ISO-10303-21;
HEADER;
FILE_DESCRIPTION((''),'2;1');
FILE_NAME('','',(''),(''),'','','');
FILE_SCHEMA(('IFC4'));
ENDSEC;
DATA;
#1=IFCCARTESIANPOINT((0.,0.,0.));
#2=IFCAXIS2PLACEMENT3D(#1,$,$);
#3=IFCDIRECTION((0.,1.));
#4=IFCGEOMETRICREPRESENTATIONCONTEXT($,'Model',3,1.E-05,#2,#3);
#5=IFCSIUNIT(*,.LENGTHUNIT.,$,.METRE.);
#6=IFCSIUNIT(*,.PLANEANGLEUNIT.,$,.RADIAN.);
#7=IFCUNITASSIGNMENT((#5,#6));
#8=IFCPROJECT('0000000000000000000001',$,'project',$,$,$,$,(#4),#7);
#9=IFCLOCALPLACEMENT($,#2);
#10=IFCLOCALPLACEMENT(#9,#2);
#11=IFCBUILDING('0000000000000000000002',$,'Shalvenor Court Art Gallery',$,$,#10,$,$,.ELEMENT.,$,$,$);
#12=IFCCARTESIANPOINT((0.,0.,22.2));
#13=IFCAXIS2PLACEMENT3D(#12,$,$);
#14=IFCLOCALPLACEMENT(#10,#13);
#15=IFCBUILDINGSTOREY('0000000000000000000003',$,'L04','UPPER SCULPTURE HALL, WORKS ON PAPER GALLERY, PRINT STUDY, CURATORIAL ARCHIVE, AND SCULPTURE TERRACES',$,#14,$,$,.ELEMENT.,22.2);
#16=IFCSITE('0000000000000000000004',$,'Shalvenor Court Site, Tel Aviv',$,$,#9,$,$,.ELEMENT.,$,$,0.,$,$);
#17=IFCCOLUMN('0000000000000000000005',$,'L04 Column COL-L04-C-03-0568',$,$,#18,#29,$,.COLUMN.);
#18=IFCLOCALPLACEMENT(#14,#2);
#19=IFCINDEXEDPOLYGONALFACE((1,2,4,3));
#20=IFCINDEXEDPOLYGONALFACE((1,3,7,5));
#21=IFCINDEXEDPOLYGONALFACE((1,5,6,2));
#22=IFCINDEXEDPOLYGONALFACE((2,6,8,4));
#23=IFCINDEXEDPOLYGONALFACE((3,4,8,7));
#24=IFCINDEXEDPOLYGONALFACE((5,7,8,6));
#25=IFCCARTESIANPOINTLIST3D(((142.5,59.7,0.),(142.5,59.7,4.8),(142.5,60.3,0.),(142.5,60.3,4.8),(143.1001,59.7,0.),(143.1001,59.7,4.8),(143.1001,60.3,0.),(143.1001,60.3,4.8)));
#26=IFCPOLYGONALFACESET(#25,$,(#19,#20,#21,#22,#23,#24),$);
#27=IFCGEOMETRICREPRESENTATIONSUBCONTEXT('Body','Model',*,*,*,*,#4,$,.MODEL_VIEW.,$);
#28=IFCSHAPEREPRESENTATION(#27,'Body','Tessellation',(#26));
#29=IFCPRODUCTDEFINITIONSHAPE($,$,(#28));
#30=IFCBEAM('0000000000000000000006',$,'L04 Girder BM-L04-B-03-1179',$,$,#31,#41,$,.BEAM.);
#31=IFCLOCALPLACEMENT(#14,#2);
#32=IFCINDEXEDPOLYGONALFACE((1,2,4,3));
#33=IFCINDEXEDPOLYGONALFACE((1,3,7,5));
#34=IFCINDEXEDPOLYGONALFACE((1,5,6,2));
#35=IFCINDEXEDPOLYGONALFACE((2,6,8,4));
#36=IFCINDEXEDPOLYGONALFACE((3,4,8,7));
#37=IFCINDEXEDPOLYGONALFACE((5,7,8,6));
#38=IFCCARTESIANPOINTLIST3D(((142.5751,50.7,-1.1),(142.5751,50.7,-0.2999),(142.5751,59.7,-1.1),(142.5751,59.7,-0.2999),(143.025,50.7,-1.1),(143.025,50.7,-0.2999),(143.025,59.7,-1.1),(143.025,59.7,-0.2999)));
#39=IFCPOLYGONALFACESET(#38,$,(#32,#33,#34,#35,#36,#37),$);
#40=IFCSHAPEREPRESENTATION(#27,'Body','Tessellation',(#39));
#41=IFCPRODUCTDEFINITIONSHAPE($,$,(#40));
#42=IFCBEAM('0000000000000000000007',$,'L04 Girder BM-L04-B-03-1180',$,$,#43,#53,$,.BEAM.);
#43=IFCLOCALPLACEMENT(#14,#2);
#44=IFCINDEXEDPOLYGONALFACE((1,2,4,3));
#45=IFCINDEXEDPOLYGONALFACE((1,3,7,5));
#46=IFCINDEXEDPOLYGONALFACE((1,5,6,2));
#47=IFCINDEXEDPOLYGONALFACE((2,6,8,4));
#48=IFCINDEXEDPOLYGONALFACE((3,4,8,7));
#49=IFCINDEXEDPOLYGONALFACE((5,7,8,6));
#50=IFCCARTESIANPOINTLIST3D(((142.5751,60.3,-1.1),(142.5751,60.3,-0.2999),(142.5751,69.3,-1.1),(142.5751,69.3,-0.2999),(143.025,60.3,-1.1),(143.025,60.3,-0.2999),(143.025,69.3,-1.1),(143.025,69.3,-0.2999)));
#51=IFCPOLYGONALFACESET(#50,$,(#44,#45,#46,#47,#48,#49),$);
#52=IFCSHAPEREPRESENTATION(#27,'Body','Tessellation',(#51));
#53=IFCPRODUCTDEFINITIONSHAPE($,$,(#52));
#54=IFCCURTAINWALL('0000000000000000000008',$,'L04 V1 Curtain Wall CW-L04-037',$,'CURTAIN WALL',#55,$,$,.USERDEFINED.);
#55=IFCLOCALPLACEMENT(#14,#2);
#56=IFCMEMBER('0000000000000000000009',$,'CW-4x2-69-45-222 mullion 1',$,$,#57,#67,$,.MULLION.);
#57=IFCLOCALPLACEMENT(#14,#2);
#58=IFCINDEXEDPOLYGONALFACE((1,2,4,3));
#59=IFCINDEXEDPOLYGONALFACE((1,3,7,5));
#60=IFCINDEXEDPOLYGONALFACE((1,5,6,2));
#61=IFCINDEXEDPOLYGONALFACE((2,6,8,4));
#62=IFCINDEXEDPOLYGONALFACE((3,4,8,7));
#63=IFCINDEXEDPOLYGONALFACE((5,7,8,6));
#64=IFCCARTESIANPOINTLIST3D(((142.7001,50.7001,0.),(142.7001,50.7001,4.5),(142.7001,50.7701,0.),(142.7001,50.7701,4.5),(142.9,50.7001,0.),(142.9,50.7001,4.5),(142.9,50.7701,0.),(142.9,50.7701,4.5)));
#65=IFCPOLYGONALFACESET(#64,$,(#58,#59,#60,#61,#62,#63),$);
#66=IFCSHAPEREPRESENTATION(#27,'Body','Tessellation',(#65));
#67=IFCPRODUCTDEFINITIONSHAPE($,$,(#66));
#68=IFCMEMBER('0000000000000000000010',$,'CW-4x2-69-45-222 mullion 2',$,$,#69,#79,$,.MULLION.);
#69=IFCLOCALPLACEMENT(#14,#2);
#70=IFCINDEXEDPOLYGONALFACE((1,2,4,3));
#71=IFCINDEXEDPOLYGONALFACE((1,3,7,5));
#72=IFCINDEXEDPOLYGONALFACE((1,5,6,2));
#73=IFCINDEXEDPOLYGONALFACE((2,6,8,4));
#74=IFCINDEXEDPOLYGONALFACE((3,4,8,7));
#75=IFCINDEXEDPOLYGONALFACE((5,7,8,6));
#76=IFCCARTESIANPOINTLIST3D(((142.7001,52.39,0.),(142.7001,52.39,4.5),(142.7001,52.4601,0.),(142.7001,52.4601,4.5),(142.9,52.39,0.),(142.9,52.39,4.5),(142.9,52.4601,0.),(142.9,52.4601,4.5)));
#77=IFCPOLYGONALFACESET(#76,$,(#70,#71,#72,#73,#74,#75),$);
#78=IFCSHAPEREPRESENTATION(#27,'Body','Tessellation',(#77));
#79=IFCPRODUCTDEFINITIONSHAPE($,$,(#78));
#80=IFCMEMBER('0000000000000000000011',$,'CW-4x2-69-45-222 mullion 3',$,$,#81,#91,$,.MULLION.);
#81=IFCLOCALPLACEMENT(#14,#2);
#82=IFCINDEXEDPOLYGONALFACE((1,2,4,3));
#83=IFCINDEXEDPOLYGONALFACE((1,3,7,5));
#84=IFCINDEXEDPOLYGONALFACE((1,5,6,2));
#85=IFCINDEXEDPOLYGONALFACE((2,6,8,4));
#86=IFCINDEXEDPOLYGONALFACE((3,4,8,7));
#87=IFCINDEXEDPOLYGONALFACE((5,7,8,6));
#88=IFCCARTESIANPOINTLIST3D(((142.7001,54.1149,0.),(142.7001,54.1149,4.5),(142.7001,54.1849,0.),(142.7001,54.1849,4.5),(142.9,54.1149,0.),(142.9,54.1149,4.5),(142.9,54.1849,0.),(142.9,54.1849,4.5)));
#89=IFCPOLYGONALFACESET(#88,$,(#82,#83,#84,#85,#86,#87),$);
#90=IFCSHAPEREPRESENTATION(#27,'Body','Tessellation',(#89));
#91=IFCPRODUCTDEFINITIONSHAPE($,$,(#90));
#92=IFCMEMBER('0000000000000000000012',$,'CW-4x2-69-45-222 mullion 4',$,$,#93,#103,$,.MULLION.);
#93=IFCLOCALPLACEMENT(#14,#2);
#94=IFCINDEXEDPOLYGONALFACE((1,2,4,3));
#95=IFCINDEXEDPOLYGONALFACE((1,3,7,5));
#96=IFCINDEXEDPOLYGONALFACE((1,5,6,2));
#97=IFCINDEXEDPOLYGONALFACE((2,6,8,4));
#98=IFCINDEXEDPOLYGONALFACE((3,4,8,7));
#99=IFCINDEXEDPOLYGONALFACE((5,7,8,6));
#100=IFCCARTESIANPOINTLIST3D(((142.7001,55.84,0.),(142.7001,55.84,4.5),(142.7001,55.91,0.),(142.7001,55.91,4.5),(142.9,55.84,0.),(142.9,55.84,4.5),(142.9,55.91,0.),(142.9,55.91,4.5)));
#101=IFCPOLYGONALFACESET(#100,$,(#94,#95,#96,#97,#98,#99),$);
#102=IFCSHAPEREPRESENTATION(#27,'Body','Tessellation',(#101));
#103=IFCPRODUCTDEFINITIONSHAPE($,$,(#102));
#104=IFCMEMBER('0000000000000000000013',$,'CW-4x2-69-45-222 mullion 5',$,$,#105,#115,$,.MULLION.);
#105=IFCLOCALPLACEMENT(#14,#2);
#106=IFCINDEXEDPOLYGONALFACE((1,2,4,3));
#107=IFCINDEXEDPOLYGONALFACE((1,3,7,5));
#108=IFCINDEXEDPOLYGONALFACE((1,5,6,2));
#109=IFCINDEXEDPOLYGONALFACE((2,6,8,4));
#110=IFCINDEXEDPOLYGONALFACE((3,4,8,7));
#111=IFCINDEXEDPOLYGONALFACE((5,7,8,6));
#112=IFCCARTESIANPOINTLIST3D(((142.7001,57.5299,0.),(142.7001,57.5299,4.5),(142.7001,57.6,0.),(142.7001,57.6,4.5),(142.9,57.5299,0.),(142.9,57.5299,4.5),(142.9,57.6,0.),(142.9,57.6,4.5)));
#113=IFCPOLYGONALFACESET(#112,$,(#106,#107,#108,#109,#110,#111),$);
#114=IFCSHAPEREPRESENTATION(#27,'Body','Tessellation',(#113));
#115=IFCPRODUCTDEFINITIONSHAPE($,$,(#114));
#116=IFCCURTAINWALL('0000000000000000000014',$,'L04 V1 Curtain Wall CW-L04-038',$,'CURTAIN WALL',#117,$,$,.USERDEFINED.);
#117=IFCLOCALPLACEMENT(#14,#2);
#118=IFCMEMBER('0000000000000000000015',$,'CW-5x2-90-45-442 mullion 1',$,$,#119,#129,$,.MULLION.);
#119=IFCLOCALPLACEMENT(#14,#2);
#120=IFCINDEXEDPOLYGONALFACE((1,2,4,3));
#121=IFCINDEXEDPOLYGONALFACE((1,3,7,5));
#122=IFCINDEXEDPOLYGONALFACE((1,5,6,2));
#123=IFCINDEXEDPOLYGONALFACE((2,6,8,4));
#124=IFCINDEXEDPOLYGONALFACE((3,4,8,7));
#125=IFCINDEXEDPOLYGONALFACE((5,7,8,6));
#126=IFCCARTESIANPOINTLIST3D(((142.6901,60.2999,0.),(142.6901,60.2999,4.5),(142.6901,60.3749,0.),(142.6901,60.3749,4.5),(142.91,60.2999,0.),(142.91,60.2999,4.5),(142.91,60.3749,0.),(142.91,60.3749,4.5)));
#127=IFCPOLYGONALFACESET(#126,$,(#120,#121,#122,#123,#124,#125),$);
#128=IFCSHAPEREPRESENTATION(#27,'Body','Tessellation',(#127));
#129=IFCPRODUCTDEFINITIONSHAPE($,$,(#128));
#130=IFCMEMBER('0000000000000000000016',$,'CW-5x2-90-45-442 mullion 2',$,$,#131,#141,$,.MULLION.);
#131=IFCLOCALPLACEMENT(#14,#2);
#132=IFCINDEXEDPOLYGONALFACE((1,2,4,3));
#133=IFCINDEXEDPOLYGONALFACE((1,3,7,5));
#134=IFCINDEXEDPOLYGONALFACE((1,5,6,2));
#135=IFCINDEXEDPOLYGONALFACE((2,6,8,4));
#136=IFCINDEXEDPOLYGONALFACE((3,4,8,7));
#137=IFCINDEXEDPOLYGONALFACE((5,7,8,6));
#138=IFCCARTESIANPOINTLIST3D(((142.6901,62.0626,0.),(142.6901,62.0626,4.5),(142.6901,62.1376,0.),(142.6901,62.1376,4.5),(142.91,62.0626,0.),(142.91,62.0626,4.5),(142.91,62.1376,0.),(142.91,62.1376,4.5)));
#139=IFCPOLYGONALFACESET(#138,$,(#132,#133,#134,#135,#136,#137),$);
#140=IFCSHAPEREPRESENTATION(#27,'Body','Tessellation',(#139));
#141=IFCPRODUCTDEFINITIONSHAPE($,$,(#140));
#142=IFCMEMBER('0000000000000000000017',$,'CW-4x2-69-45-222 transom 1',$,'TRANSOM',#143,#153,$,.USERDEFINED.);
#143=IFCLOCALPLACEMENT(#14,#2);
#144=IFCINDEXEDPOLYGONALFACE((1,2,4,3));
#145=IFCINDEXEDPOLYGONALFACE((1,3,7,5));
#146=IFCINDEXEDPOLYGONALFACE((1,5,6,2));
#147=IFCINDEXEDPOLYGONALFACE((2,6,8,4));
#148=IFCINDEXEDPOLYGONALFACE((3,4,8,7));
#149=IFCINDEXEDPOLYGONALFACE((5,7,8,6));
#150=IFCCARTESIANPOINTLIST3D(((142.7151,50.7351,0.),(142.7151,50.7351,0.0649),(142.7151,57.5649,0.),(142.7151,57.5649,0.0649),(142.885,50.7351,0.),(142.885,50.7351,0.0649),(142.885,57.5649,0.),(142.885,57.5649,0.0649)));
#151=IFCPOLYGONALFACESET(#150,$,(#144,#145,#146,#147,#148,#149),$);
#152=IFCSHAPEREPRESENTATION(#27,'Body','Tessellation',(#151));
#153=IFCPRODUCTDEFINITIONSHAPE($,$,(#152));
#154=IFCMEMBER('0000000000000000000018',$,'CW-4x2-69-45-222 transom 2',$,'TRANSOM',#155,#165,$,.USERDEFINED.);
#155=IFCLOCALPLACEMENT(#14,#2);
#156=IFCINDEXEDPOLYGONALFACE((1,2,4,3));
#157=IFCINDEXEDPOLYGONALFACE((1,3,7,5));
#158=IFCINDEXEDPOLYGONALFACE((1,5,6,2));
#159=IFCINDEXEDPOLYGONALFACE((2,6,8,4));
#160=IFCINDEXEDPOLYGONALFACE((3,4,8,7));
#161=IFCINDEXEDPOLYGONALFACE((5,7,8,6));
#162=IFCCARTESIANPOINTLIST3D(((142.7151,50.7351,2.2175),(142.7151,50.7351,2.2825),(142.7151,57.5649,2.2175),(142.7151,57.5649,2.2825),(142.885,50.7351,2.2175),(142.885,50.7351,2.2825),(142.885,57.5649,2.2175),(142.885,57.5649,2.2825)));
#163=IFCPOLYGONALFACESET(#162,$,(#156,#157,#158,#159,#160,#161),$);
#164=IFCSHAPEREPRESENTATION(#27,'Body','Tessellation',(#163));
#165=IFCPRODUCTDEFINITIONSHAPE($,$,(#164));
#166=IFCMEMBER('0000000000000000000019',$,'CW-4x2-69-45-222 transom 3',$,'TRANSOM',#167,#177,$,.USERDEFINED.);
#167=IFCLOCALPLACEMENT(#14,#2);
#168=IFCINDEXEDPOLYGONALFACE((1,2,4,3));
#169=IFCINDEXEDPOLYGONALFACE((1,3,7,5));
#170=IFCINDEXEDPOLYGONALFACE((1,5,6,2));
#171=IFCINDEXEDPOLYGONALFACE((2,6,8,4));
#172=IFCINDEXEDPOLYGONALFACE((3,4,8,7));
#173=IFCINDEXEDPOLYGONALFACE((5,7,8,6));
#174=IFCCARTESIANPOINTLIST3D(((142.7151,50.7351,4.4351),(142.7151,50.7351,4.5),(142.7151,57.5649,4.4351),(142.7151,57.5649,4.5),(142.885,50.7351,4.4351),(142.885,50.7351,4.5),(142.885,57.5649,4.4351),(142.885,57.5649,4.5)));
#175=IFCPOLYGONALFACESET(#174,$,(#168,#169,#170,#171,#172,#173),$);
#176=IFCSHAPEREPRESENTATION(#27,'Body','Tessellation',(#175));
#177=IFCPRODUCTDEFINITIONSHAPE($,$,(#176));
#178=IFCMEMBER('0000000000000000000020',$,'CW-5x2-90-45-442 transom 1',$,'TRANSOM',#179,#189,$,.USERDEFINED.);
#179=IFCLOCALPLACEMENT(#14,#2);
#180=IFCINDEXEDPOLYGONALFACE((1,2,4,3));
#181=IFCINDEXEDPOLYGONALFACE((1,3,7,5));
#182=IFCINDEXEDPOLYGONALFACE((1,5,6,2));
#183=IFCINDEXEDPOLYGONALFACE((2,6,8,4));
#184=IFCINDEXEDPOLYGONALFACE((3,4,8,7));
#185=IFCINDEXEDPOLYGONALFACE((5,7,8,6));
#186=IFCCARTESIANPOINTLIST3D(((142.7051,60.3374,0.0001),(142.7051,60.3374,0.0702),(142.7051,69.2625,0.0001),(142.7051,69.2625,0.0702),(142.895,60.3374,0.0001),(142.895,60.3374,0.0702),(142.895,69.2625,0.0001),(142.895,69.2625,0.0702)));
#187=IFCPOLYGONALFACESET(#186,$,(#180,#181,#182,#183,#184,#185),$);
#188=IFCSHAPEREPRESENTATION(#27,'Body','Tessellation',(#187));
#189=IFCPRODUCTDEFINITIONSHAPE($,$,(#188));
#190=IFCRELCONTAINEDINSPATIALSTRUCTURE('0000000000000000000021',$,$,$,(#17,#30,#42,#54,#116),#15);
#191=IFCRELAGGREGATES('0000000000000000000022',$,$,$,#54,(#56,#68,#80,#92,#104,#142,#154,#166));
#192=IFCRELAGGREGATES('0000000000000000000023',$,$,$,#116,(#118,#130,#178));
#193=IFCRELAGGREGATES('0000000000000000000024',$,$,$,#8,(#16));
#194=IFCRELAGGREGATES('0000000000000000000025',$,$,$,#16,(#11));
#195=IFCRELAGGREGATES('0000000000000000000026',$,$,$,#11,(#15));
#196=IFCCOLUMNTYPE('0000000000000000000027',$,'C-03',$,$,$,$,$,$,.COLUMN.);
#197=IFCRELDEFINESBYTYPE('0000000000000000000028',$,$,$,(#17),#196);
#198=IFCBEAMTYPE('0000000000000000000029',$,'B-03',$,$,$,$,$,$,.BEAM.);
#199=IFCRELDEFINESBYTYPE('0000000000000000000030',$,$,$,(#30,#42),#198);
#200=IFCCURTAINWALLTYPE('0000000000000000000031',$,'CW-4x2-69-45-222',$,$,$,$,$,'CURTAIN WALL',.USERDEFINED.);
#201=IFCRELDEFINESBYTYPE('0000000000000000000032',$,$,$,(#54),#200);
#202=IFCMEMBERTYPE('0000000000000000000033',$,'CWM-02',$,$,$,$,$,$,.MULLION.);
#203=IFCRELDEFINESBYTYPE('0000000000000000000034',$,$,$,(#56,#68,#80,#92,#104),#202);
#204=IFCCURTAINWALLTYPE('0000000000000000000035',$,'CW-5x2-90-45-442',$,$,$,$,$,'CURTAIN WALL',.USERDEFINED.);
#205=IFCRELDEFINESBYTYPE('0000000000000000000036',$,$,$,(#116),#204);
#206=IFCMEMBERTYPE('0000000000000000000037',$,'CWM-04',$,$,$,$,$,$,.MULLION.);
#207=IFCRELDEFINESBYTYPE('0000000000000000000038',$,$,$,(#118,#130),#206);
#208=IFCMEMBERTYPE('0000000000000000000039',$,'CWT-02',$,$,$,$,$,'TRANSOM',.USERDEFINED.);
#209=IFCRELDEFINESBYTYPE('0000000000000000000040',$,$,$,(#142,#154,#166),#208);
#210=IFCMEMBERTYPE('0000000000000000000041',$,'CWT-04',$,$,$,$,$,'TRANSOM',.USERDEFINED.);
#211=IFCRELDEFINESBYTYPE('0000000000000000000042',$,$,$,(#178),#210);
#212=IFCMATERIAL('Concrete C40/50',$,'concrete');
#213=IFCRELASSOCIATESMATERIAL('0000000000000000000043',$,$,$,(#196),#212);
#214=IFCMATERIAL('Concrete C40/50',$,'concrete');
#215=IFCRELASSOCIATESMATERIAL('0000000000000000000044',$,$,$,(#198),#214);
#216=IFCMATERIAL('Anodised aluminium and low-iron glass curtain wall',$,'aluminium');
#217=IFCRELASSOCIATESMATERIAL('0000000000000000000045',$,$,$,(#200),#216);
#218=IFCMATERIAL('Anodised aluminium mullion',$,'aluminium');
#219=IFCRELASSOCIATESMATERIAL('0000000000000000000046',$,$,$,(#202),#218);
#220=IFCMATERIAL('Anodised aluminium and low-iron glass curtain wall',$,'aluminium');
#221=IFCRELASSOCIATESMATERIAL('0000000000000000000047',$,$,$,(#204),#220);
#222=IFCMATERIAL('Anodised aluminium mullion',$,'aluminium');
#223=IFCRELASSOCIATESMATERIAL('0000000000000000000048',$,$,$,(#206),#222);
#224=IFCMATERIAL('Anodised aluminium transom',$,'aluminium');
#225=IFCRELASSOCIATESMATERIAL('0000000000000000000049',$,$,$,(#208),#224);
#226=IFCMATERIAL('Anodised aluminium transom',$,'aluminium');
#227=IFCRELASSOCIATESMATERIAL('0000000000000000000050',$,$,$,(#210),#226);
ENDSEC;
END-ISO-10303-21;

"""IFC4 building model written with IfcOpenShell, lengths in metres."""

from ifc_helpers import new_model, si_unit, direction, frame, origin, origin_2d, place, context, subcontext, project, spatial, rectangle, extrude, material, material_profile, profile_set, type_object, element, aggregate, save


model = new_model("IFC4")

# Units and contexts
model_context = context("Model", 3, precision=1e-05, world=origin(), true_north=direction((0.0, 1.0)))
body_context = subcontext(model_context, "Body", "Model", "MODEL_VIEW")
ifc_project = project(units=[si_unit("LENGTHUNIT", "METRE"), si_unit("PLANEANGLEUNIT", "RADIAN")], contexts=[model_context])

# Site, building, storey
site_placement = place(None, origin())
site = spatial("IfcSite", under=ifc_project, at=site_placement, Name="Shalvenor Court Site, Tel Aviv", CompositionType="ELEMENT", RefElevation=0.0)
building_placement = place(site_placement, origin())
building = spatial("IfcBuilding", under=site, at=building_placement, Name="Shalvenor Court Art Gallery", CompositionType="ELEMENT")
storey_placement = place(building_placement, frame((0.0, 0.0, 22.2)))
storey = spatial("IfcBuildingStorey", under=building, at=storey_placement, Name="L04", Description="UPPER SCULPTURE HALL, WORKS ON PAPER GALLERY, PRINT STUDY, CURATORIAL ARCHIVE, AND SCULPTURE TERRACES", CompositionType="ELEMENT", Elevation=22.2)

# Column
ifc_material_1 = material(Name="Concrete C40/50", Category="concrete")
ifc_material_profile_1 = material_profile(ifc_material_1, rectangle(XDim=0.6001, YDim=0.6001, at=origin_2d()), Name="RC 600x600")
ifc_profile_set_1 = profile_set([ifc_material_profile_1], Name="Concrete C40/50")
column_type = type_object("IfcColumnType", Name="C-03", PredefinedType="COLUMN", material=ifc_profile_set_1)
column_placement = place(storey_placement, frame((142.8, 60.0, 0.0), z_axis=(0.0, 0.0, 1.0), x_axis=(1.0, 0.0, 0.0)))
element("IfcColumn", 1, at=column_placement, inside=storey, type_object=column_type, Name="L04 Column COL-L04-C-03-0568", PredefinedType="COLUMN", context=body_context, shape_type="SweptSolid", body=[
    extrude(rectangle(XDim=0.6001, YDim=0.6001, at=origin_2d()), origin(), (0.0, 0.0, 1.0), 4.8),
])

# Beams
ifc_material_2 = material(Name="Concrete C40/50", Category="concrete")
ifc_material_profile_2 = material_profile(ifc_material_2, rectangle(XDim=0.45, YDim=0.8, at=origin_2d()), Name="RC 450x800")
ifc_profile_set_2 = profile_set([ifc_material_profile_2], Name="Concrete C40/50")
beam_type = type_object("IfcBeamType", Name="B-03", PredefinedType="BEAM", material=ifc_profile_set_2)
for number, where, z_axis, x_axis, name in (
    (2, (142.8, 50.7, -0.7), (0.0, 1.0, 0.0), (-1.0, 0.0, 0.0), "L04 Girder BM-L04-B-03-1179"),
    (3, (142.8, 60.3, -0.7), (0.0, 1.0, 0.0), (-1.0, 0.0, 0.0), "L04 Girder BM-L04-B-03-1180"),
):
    element("IfcBeam", number, at=place(storey_placement, frame(where, z_axis=z_axis, x_axis=x_axis)), inside=storey, type_object=beam_type, Name=name, PredefinedType="BEAM", context=body_context, shape_type="SweptSolid", body=[
        extrude(rectangle(XDim=0.45, YDim=0.8, at=origin_2d()), origin(), (0.0, 0.0, 1.0), 9.0),
    ])

# Curtain walls, members
ifc_material_3 = material(Name="Anodised aluminium and low-iron glass curtain wall", Category="aluminium")
curtain_wall_type_1 = type_object("IfcCurtainWallType", Name="CW-4x2-69-45-222", ElementType="CURTAIN WALL", PredefinedType="USERDEFINED", material=ifc_material_3)
curtain_wall_1_placement = place(storey_placement, origin())
curtain_wall_1 = element("IfcCurtainWall", 4, at=curtain_wall_1_placement, inside=storey, type_object=curtain_wall_type_1, Name="L04 V1 Curtain Wall CW-L04-037", ObjectType="CURTAIN WALL", PredefinedType="USERDEFINED")
ifc_material_4 = material(Name="Anodised aluminium mullion", Category="aluminium")
ifc_material_profile_3 = material_profile(ifc_material_4, rectangle(XDim=0.0701, YDim=0.2, at=origin_2d()), Name="CWM-02")
ifc_profile_set_3 = profile_set([ifc_material_profile_3], Name="Anodised aluminium mullion")
member_type_1 = type_object("IfcMemberType", Name="CWM-02", PredefinedType="MULLION", material=ifc_profile_set_3)
member_1_placement = place(storey_placement, frame((142.8, 50.7351, 0.0), z_axis=(0.0, 0.0, 1.0), x_axis=(0.0, 1.0, 0.0)))
member_1 = element("IfcMember", 5, at=member_1_placement, type_object=member_type_1, Name="CW-4x2-69-45-222 mullion 1", PredefinedType="MULLION", context=body_context, shape_type="SweptSolid", body=[
    extrude(rectangle(XDim=0.0701, YDim=0.2, at=origin_2d()), origin(), (0.0, 0.0, 1.0), 4.5),
])
member_2_placement = place(storey_placement, frame((142.8, 52.425, 0.0), z_axis=(0.0, 0.0, 1.0), x_axis=(0.0, 1.0, 0.0)))
member_2 = element("IfcMember", 6, at=member_2_placement, type_object=member_type_1, Name="CW-4x2-69-45-222 mullion 2", PredefinedType="MULLION", context=body_context, shape_type="SweptSolid", body=[
    extrude(rectangle(XDim=0.0701, YDim=0.2, at=origin_2d()), origin(), (0.0, 0.0, 1.0), 4.5),
])
member_3_placement = place(storey_placement, frame((142.8, 54.1499, 0.0), z_axis=(0.0, 0.0, 1.0), x_axis=(0.0, 1.0, 0.0)))
member_3 = element("IfcMember", 7, at=member_3_placement, type_object=member_type_1, Name="CW-4x2-69-45-222 mullion 3", PredefinedType="MULLION", context=body_context, shape_type="SweptSolid", body=[
    extrude(rectangle(XDim=0.0701, YDim=0.2, at=origin_2d()), origin(), (0.0, 0.0, 1.0), 4.5),
])
member_4_placement = place(storey_placement, frame((142.8, 55.875, 0.0), z_axis=(0.0, 0.0, 1.0), x_axis=(0.0, 1.0, 0.0)))
member_4 = element("IfcMember", 8, at=member_4_placement, type_object=member_type_1, Name="CW-4x2-69-45-222 mullion 4", PredefinedType="MULLION", context=body_context, shape_type="SweptSolid", body=[
    extrude(rectangle(XDim=0.0701, YDim=0.2, at=origin_2d()), origin(), (0.0, 0.0, 1.0), 4.5),
])
member_5_placement = place(storey_placement, frame((142.8, 57.5649, 0.0), z_axis=(0.0, 0.0, 1.0), x_axis=(0.0, 1.0, 0.0)))
member_5 = element("IfcMember", 9, at=member_5_placement, type_object=member_type_1, Name="CW-4x2-69-45-222 mullion 5", PredefinedType="MULLION", context=body_context, shape_type="SweptSolid", body=[
    extrude(rectangle(XDim=0.0701, YDim=0.2, at=origin_2d()), origin(), (0.0, 0.0, 1.0), 4.5),
])
ifc_material_5 = material(Name="Anodised aluminium and low-iron glass curtain wall", Category="aluminium")
curtain_wall_type_2 = type_object("IfcCurtainWallType", Name="CW-5x2-90-45-442", ElementType="CURTAIN WALL", PredefinedType="USERDEFINED", material=ifc_material_5)
curtain_wall_2_placement = place(storey_placement, origin())
curtain_wall_2 = element("IfcCurtainWall", 10, at=curtain_wall_2_placement, inside=storey, type_object=curtain_wall_type_2, Name="L04 V1 Curtain Wall CW-L04-038", ObjectType="CURTAIN WALL", PredefinedType="USERDEFINED")
ifc_material_6 = material(Name="Anodised aluminium mullion", Category="aluminium")
ifc_material_profile_4 = material_profile(ifc_material_6, rectangle(XDim=0.075, YDim=0.22, at=origin_2d()), Name="CWM-04")
ifc_profile_set_4 = profile_set([ifc_material_profile_4], Name="Anodised aluminium mullion")
member_type_2 = type_object("IfcMemberType", Name="CWM-04", PredefinedType="MULLION", material=ifc_profile_set_4)
member_6_placement = place(storey_placement, frame((142.8, 60.3374, 0.0), z_axis=(0.0, 0.0, 1.0), x_axis=(0.0, 1.0, 0.0)))
member_6 = element("IfcMember", 11, at=member_6_placement, type_object=member_type_2, Name="CW-5x2-90-45-442 mullion 1", PredefinedType="MULLION", context=body_context, shape_type="SweptSolid", body=[
    extrude(rectangle(XDim=0.075, YDim=0.22, at=origin_2d()), origin(), (0.0, 0.0, 1.0), 4.5),
])
member_7_placement = place(storey_placement, frame((142.8, 62.1001, 0.0), z_axis=(0.0, 0.0, 1.0), x_axis=(0.0, 1.0, 0.0)))
member_7 = element("IfcMember", 12, at=member_7_placement, type_object=member_type_2, Name="CW-5x2-90-45-442 mullion 2", PredefinedType="MULLION", context=body_context, shape_type="SweptSolid", body=[
    extrude(rectangle(XDim=0.075, YDim=0.22, at=origin_2d()), origin(), (0.0, 0.0, 1.0), 4.5),
])

# Members
ifc_material_7 = material(Name="Anodised aluminium transom", Category="aluminium")
ifc_material_profile_5 = material_profile(ifc_material_7, rectangle(XDim=0.1699, YDim=0.0649, at=origin_2d()), Name="CWT-02")
ifc_profile_set_5 = profile_set([ifc_material_profile_5], Name="Anodised aluminium transom")
member_type_3 = type_object("IfcMemberType", Name="CWT-02", ElementType="TRANSOM", PredefinedType="USERDEFINED", material=ifc_profile_set_5)
member_8_placement = place(storey_placement, frame((142.8, 50.7351, 0.0325), z_axis=(0.0, 1.0, 0.0), x_axis=(-1.0, 0.0, 0.0)))
member_8 = element("IfcMember", 13, at=member_8_placement, type_object=member_type_3, Name="CW-4x2-69-45-222 transom 1", ObjectType="TRANSOM", PredefinedType="USERDEFINED", context=body_context, shape_type="SweptSolid", body=[
    extrude(rectangle(XDim=0.1699, YDim=0.0649, at=origin_2d()), origin(), (0.0, 0.0, 1.0), 6.8298),
])
member_9_placement = place(storey_placement, frame((142.8, 50.7351, 2.25), z_axis=(0.0, 1.0, 0.0), x_axis=(-1.0, 0.0, 0.0)))
member_9 = element("IfcMember", 14, at=member_9_placement, type_object=member_type_3, Name="CW-4x2-69-45-222 transom 2", ObjectType="TRANSOM", PredefinedType="USERDEFINED", context=body_context, shape_type="SweptSolid", body=[
    extrude(rectangle(XDim=0.1699, YDim=0.0649, at=origin_2d()), origin(), (0.0, 0.0, 1.0), 6.8298),
])
member_10_placement = place(storey_placement, frame((142.8, 50.7351, 4.4675), z_axis=(0.0, 1.0, 0.0), x_axis=(-1.0, 0.0, 0.0)))
member_10 = element("IfcMember", 15, at=member_10_placement, type_object=member_type_3, Name="CW-4x2-69-45-222 transom 3", ObjectType="TRANSOM", PredefinedType="USERDEFINED", context=body_context, shape_type="SweptSolid", body=[
    extrude(rectangle(XDim=0.1699, YDim=0.0649, at=origin_2d()), origin(), (0.0, 0.0, 1.0), 6.8298),
])
ifc_material_8 = material(Name="Anodised aluminium transom", Category="aluminium")
ifc_material_profile_6 = material_profile(ifc_material_8, rectangle(XDim=0.1899, YDim=0.0701, at=origin_2d()), Name="CWT-04")
ifc_profile_set_6 = profile_set([ifc_material_profile_6], Name="Anodised aluminium transom")
member_type_4 = type_object("IfcMemberType", Name="CWT-04", ElementType="TRANSOM", PredefinedType="USERDEFINED", material=ifc_profile_set_6)
member_11_placement = place(storey_placement, frame((142.8, 60.3374, 0.0352), z_axis=(0.0, 1.0, 0.0), x_axis=(-1.0, 0.0, 0.0)))
member_11 = element("IfcMember", 16, at=member_11_placement, type_object=member_type_4, Name="CW-5x2-90-45-442 transom 1", ObjectType="TRANSOM", PredefinedType="USERDEFINED", context=body_context, shape_type="SweptSolid", body=[
    extrude(rectangle(XDim=0.1899, YDim=0.0701, at=origin_2d()), origin(), (0.0, 0.0, 1.0), 8.925),
])

aggregate(curtain_wall_1, [member_1, member_2, member_3, member_4, member_5, member_8, member_9, member_10])
aggregate(curtain_wall_2, [member_6, member_7, member_11])

save(model, "model.ifc")
